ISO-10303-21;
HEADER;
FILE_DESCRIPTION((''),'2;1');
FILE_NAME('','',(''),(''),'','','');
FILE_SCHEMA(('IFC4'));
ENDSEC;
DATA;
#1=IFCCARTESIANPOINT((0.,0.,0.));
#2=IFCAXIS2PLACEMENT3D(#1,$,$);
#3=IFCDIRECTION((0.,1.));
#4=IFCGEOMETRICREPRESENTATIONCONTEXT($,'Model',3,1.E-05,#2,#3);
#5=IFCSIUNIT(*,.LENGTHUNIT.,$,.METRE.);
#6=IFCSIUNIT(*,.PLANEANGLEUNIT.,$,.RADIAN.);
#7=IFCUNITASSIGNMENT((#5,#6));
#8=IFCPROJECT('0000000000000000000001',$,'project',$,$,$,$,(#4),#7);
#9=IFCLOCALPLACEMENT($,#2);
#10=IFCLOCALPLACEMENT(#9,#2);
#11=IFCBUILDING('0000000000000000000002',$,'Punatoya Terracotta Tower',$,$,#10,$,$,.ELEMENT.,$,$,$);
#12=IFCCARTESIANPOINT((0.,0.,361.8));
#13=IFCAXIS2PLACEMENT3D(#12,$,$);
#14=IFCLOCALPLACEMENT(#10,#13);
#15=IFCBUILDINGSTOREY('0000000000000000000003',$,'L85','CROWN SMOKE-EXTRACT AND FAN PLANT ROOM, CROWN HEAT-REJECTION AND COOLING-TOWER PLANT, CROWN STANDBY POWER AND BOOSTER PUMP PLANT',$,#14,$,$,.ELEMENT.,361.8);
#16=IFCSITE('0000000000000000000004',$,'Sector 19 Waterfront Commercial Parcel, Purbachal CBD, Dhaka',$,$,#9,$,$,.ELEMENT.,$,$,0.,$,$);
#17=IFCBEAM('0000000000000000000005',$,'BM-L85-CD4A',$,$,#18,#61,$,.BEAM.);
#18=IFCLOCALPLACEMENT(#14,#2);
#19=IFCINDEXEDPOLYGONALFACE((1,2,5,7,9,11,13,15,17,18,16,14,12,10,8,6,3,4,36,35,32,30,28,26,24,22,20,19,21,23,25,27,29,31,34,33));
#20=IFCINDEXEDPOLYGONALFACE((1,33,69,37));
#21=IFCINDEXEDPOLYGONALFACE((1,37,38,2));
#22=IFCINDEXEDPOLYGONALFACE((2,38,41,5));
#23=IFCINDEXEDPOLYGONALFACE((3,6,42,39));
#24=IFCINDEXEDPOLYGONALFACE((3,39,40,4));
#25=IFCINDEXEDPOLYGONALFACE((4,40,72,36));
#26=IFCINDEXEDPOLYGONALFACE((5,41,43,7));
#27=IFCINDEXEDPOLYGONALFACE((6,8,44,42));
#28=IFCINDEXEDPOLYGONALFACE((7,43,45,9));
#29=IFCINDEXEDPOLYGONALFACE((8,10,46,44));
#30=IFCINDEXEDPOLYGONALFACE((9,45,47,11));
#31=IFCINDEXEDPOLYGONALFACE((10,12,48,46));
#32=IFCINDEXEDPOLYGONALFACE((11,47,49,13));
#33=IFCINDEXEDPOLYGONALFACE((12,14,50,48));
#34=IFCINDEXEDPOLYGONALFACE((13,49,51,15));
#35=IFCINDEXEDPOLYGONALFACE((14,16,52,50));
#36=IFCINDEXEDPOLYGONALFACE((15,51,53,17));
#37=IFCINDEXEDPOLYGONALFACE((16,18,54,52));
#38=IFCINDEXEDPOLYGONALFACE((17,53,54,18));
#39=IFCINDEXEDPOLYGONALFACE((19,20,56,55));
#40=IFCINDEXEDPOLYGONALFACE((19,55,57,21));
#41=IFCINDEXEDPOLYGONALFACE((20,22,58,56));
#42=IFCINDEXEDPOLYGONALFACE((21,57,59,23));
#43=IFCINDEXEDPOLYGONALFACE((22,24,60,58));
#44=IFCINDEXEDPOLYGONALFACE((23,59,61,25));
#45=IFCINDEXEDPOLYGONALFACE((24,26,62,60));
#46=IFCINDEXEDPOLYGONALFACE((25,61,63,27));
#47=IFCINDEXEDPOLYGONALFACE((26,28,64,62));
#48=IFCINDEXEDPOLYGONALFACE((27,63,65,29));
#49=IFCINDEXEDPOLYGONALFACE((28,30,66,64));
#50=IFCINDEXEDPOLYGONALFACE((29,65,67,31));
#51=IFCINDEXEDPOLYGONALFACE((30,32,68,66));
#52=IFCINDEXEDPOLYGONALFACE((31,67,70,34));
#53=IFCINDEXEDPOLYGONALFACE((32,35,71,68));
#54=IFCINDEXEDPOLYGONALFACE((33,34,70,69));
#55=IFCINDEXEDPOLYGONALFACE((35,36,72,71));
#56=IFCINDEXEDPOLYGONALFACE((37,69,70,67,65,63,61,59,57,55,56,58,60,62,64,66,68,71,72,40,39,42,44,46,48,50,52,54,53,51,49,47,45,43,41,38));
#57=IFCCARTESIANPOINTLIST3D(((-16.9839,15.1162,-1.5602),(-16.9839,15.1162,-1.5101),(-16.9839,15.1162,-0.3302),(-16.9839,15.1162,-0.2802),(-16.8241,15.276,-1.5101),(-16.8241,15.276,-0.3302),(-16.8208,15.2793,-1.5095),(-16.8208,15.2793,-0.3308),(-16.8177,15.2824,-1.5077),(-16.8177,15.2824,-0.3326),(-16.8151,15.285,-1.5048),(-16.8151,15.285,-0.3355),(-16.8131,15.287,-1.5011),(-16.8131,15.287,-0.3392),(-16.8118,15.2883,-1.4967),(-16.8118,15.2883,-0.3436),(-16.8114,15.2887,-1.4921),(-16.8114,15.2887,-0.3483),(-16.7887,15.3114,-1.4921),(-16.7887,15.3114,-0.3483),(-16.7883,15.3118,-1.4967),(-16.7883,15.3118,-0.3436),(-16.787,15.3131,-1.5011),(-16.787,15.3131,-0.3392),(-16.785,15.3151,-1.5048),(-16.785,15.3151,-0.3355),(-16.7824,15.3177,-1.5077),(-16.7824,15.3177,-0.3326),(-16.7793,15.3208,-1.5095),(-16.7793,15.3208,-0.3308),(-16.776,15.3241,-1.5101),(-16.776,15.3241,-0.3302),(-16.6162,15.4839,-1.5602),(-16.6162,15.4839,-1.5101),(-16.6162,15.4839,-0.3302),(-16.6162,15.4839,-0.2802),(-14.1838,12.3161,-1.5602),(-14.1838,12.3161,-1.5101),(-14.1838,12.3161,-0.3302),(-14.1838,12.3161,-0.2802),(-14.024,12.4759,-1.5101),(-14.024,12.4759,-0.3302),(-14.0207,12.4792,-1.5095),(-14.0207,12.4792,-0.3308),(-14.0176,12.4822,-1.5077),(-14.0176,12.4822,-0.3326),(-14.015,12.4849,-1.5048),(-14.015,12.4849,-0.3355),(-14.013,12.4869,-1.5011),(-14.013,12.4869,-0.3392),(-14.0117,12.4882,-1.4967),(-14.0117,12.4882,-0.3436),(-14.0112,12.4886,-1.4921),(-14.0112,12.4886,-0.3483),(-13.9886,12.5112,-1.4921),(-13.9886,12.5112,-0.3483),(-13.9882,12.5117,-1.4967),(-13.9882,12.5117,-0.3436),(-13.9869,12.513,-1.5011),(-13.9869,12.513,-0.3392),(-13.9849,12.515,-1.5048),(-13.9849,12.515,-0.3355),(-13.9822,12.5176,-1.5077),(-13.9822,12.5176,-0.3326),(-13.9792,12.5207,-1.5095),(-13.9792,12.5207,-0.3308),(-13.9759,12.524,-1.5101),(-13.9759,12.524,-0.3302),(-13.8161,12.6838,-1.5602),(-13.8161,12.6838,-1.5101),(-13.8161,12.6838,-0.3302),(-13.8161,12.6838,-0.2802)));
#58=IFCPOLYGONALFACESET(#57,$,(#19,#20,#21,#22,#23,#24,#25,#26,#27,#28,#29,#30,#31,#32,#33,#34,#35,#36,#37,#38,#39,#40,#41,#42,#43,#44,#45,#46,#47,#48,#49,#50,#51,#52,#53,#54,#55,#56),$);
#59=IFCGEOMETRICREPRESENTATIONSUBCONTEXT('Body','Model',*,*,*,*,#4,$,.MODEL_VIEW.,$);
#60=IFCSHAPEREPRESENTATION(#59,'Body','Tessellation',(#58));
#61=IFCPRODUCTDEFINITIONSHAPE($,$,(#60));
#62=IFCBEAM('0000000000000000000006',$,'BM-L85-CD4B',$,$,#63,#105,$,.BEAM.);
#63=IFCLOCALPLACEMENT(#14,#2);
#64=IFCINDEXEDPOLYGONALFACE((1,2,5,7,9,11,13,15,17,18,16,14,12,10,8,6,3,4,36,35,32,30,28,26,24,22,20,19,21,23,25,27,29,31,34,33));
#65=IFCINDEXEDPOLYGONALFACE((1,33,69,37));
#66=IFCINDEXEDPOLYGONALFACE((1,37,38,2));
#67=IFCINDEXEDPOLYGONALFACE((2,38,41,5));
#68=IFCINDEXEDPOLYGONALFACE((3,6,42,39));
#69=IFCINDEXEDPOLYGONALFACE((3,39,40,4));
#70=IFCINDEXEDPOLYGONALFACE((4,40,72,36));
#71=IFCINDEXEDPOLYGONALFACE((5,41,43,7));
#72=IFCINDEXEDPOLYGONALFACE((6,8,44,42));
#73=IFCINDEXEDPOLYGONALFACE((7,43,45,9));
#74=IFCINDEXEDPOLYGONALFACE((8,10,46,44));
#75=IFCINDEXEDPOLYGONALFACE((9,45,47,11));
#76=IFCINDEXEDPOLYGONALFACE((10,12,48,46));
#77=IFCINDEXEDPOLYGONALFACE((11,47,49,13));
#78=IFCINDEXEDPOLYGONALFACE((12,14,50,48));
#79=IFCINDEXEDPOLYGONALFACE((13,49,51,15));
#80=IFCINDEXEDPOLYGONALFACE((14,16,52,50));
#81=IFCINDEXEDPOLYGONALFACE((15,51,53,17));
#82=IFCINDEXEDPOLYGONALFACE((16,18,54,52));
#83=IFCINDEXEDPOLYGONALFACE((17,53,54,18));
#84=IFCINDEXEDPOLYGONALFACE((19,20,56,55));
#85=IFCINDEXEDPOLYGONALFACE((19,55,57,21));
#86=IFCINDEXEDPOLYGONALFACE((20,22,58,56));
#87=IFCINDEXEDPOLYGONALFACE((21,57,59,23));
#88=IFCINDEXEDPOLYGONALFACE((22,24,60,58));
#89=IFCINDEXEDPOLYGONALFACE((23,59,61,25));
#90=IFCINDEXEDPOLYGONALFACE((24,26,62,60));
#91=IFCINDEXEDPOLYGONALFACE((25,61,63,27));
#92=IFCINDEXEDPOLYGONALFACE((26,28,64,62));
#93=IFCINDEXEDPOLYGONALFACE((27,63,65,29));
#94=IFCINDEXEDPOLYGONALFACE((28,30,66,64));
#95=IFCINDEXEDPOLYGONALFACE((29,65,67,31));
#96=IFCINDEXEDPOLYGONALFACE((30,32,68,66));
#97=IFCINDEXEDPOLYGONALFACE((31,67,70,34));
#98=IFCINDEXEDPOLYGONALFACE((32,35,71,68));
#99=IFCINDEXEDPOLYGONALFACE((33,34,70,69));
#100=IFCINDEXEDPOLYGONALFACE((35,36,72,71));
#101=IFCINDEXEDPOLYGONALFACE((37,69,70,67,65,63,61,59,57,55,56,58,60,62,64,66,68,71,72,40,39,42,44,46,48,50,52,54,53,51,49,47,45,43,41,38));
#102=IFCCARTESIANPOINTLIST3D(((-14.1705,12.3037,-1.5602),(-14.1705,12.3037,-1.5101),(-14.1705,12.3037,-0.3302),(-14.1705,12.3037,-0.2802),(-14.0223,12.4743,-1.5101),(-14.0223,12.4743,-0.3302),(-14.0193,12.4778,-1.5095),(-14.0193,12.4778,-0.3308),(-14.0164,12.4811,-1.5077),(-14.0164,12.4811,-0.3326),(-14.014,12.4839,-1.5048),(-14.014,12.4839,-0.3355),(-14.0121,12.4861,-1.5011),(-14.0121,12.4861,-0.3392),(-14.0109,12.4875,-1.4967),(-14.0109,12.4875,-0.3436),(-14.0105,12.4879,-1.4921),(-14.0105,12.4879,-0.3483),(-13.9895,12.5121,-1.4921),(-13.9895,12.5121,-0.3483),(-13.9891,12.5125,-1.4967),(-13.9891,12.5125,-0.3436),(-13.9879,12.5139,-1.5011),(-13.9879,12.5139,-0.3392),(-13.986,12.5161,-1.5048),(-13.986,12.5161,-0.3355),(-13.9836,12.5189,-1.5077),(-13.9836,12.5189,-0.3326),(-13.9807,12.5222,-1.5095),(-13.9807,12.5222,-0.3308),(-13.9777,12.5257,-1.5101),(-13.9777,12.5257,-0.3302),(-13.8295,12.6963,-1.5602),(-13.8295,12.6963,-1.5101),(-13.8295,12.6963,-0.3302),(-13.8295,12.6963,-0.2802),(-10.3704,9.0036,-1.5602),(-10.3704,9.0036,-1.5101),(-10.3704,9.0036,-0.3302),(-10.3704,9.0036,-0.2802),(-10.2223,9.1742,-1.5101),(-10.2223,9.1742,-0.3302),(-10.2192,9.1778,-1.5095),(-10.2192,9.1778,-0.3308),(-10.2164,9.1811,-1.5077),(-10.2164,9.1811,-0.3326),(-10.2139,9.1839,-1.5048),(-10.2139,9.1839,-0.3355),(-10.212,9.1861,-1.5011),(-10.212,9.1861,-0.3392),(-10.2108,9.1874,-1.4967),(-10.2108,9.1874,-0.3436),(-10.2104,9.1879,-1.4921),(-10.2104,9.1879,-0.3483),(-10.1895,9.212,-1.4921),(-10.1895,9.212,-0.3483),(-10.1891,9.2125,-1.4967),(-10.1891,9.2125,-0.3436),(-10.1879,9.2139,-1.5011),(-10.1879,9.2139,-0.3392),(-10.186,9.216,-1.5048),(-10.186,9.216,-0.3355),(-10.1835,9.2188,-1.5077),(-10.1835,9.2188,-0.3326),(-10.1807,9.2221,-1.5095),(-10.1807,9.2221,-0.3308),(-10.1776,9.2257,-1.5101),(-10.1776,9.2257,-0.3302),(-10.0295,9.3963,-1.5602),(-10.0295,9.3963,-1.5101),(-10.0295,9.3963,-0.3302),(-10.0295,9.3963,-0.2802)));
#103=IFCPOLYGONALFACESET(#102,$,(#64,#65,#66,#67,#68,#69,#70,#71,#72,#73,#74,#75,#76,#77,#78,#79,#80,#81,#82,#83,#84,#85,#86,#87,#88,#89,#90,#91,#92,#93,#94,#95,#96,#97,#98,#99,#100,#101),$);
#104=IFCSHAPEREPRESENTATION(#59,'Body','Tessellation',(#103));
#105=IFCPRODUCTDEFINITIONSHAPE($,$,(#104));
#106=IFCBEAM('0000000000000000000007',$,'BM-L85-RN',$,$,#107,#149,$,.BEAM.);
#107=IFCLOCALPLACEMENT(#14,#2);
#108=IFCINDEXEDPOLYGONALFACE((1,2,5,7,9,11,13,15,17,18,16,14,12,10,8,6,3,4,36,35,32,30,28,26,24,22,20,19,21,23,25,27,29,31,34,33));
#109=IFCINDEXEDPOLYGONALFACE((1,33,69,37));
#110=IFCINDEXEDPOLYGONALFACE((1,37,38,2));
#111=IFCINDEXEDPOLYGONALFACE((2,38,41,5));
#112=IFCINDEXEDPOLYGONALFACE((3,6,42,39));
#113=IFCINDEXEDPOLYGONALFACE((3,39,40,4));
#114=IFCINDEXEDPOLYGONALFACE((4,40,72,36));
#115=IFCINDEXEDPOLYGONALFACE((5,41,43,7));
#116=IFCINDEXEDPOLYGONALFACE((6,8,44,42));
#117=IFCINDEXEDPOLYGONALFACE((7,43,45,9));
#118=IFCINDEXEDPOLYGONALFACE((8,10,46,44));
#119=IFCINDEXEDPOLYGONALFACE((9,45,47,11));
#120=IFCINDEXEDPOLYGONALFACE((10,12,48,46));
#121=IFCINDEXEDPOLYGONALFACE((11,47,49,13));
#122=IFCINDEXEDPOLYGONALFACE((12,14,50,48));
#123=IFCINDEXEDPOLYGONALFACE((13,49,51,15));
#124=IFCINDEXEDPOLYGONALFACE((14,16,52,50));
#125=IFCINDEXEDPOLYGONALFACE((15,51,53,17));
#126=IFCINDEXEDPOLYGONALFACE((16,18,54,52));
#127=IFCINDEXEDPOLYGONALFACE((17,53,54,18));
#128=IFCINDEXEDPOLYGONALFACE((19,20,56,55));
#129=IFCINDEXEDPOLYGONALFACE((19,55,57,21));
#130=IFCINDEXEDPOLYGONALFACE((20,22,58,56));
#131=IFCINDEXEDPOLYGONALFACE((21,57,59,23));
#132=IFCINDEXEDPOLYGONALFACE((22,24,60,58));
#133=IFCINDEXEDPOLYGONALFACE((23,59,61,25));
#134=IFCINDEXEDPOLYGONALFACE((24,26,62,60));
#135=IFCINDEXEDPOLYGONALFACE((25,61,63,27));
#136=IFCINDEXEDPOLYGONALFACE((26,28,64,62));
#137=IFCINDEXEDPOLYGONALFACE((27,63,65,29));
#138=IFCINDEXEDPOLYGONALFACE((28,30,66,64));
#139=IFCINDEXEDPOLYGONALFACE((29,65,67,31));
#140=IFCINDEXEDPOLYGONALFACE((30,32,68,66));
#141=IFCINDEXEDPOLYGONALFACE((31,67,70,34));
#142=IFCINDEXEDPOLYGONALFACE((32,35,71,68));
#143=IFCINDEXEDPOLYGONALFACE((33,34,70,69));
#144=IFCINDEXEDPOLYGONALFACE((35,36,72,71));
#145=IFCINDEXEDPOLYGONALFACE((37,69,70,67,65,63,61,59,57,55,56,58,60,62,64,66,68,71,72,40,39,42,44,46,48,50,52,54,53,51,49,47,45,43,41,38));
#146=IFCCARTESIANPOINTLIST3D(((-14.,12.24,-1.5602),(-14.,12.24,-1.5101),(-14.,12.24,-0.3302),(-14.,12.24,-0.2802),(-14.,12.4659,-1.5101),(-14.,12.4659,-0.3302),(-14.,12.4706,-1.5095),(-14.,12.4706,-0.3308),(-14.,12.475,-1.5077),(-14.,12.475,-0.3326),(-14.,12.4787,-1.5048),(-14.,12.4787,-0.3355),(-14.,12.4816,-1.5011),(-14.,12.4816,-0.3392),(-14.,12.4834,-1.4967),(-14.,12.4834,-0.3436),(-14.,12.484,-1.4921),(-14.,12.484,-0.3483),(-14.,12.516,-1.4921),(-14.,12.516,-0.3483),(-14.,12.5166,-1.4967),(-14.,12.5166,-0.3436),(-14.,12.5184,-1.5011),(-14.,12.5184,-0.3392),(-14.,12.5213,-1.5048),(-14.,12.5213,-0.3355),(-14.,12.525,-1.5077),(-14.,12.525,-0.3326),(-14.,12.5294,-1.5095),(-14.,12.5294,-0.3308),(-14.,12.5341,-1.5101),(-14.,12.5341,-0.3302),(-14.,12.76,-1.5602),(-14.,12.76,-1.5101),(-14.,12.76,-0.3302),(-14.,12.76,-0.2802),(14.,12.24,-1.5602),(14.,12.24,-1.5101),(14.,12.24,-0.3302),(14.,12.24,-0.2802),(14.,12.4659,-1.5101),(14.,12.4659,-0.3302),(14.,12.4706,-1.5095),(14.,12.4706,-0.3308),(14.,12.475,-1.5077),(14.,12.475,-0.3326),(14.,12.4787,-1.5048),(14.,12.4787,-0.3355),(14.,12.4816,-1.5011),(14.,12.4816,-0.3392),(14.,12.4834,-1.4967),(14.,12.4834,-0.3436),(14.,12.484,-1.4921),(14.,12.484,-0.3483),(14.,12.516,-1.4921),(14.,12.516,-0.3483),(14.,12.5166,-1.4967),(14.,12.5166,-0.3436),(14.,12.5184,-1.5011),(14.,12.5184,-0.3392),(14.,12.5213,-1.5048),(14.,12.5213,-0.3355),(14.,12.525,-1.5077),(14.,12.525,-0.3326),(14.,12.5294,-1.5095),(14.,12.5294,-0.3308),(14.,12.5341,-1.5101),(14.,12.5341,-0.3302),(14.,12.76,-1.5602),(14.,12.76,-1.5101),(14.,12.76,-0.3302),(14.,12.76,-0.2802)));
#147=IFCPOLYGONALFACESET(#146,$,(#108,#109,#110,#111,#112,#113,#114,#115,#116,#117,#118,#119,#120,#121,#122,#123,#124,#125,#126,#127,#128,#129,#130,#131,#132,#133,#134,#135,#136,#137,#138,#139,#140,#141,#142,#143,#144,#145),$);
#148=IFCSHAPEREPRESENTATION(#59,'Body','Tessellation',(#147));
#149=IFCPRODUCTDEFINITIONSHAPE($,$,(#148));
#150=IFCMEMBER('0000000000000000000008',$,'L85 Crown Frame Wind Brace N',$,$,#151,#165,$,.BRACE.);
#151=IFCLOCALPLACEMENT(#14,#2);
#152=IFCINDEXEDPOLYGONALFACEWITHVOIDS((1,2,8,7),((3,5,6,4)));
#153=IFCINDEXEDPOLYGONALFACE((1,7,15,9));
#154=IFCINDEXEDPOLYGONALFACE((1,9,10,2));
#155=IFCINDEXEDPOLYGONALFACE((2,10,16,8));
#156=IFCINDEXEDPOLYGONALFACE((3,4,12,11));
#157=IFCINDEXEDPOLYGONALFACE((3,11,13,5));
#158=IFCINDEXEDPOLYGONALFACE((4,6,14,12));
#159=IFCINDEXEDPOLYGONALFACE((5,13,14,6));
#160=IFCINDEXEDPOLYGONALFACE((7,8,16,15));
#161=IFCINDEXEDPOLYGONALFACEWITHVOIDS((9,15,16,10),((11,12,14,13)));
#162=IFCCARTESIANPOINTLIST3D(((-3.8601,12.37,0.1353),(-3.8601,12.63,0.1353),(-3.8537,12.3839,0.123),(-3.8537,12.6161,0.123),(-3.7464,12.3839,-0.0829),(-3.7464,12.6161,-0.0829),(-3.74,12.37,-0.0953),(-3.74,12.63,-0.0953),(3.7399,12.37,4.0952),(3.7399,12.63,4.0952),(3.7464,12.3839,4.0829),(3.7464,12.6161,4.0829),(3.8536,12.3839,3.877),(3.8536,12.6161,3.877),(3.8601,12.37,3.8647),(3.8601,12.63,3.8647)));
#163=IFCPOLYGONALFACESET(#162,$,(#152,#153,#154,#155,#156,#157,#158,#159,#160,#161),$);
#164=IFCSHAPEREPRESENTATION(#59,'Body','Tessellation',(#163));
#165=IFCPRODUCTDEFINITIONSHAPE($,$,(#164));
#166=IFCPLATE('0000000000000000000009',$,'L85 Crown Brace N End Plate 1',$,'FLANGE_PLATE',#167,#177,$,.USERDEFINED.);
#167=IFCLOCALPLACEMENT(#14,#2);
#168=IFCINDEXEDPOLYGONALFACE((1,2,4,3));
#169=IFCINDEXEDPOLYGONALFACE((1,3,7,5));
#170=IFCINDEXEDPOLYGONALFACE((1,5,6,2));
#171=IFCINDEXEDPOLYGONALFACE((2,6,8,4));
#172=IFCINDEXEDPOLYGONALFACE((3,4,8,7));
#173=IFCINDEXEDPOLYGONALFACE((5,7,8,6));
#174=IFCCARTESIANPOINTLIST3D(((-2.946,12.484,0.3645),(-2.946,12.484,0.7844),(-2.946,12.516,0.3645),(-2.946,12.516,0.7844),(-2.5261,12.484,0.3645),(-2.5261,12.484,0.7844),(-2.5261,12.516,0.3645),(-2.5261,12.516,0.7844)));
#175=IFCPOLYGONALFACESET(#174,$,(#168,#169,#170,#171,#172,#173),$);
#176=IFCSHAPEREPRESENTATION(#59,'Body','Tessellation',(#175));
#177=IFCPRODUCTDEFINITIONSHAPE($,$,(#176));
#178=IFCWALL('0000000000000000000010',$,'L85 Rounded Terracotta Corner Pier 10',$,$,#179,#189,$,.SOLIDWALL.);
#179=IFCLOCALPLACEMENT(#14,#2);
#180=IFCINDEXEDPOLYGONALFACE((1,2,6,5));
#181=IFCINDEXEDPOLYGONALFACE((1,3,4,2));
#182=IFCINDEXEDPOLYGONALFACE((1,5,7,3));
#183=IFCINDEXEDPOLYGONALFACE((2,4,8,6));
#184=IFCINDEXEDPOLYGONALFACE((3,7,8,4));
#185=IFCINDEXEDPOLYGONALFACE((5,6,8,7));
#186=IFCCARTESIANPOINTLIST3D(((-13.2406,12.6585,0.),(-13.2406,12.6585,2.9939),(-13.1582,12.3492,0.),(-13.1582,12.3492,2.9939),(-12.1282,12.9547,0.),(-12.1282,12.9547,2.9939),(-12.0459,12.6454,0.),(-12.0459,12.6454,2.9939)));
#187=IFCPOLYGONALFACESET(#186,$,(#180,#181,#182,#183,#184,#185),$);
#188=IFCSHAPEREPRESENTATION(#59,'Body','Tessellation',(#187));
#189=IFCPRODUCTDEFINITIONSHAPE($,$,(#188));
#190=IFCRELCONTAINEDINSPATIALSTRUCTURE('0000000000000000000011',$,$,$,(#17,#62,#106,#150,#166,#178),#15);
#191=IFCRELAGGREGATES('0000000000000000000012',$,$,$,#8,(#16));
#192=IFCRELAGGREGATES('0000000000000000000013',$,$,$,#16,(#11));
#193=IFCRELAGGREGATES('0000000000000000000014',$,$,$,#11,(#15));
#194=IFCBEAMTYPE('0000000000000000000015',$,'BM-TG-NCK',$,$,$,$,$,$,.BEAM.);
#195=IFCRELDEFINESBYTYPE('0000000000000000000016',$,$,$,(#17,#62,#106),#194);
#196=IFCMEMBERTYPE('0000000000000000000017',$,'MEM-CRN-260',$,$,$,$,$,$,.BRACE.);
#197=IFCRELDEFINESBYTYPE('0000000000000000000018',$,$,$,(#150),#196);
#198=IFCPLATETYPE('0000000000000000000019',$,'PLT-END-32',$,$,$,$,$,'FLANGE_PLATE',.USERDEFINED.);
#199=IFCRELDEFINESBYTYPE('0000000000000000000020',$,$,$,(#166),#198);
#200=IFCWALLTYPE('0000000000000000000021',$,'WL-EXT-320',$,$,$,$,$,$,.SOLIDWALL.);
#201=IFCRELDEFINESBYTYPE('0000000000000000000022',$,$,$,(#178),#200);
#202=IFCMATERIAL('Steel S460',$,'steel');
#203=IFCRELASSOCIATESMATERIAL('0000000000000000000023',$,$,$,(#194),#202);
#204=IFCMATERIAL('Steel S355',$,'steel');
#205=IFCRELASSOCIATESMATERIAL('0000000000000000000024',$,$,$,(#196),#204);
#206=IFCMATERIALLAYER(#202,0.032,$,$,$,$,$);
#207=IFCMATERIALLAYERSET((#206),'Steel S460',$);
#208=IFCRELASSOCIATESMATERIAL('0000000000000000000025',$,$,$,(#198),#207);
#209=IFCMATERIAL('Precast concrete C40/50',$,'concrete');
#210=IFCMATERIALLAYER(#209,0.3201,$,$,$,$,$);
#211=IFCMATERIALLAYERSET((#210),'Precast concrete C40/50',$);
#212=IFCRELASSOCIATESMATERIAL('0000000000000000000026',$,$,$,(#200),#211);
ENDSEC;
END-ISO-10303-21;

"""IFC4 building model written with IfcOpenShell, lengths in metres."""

from ifc_helpers import new_model, si_unit, direction, frame, frame_2d, origin, origin_2d, place, context, subcontext, project, spatial, rectangle, hollow_rectangle, i_section, extrude, material, layer, layer_set, material_profile, profile_set, type_object, element, save


model = new_model("IFC4")

# Units and contexts
model_context = context("Model", 3, precision=1e-05, world=origin(), true_north=direction((0.0, 1.0)))
body_context = subcontext(model_context, "Body", "Model", "MODEL_VIEW")
ifc_project = project(units=[si_unit("LENGTHUNIT", "METRE"), si_unit("PLANEANGLEUNIT", "RADIAN")], contexts=[model_context])

# Site, building, storey
site_placement = place(None, origin())
site = spatial("IfcSite", under=ifc_project, at=site_placement, Name="Sector 19 Waterfront Commercial Parcel, Purbachal CBD, Dhaka", CompositionType="ELEMENT", RefElevation=0.0)
building_placement = place(site_placement, origin())
building = spatial("IfcBuilding", under=site, at=building_placement, Name="Punatoya Terracotta Tower", CompositionType="ELEMENT")
storey_placement = place(building_placement, frame((0.0, 0.0, 361.8)))
storey = spatial("IfcBuildingStorey", under=building, at=storey_placement, Name="L85", Description="CROWN SMOKE-EXTRACT AND FAN PLANT ROOM, CROWN HEAT-REJECTION AND COOLING-TOWER PLANT, CROWN STANDBY POWER AND BOOSTER PUMP PLANT", CompositionType="ELEMENT", Elevation=361.8)

# Shared definitions
ifc_material_1 = material(Name="Steel S355", Category="steel")

# Beams
ifc_material_2 = material(Name="Steel S460", Category="steel")
ifc_material_profile_1 = material_profile(ifc_material_2, i_section(OverallWidth=0.52, OverallDepth=1.28, WebThickness=0.032, FlangeThickness=0.05, FilletRadius=0.0181, at=origin_2d()))
ifc_profile_set_1 = profile_set([ifc_material_profile_1], Name="Steel S460")
beam_type_1 = type_object("IfcBeamType", Name="BM-TG-NCK", PredefinedType="BEAM", material=ifc_profile_set_1)
beam_1_placement = place(storey_placement, frame((-16.8, 15.3, -0.9202), z_axis=(0.707107, -0.707107, 0.0), x_axis=(0.707107, 0.707107, 0.0)))
element("IfcBeam", 1, at=beam_1_placement, inside=storey, type_object=beam_type_1, Name="BM-L85-CD4A", PredefinedType="BEAM", context=body_context, shape_type="SweptSolid", body=[
    extrude(i_section(OverallWidth=0.52, OverallDepth=1.28, WebThickness=0.032, FlangeThickness=0.05, FilletRadius=0.0181, at=origin_2d()), origin(), (0.0, 0.0, 1.0), 3.96),
])
beam_2_placement = place(storey_placement, frame((-14.0, 12.5, -0.9202), z_axis=(0.755032, -0.655687, 0.0), x_axis=(0.655687, 0.755032, 0.0)))
element("IfcBeam", 2, at=beam_2_placement, inside=storey, type_object=beam_type_1, Name="BM-L85-CD4B", PredefinedType="BEAM", context=body_context, shape_type="SweptSolid", body=[
    extrude(i_section(OverallWidth=0.52, OverallDepth=1.28, WebThickness=0.032, FlangeThickness=0.05, FilletRadius=0.0181, at=origin_2d()), origin(), (0.0, 0.0, 1.0), 5.033),
])
beam_3_placement = place(storey_placement, frame((-14.0, 12.5, -0.9202), z_axis=(1.0, 0.0, 0.0), x_axis=(0.0, 1.0, 0.0)))
element("IfcBeam", 3, at=beam_3_placement, inside=storey, type_object=beam_type_1, Name="BM-L85-RN", PredefinedType="BEAM", context=body_context, shape_type="SweptSolid", body=[
    extrude(i_section(OverallWidth=0.52, OverallDepth=1.28, WebThickness=0.032, FlangeThickness=0.05, FilletRadius=0.0181, at=origin_2d()), origin(), (0.0, 0.0, 1.0), 28.0),
])

# Member
ifc_material_profile_2 = material_profile(ifc_material_1, hollow_rectangle(XDim=0.26, YDim=0.26, WallThickness=0.0139, at=origin_2d()))
ifc_profile_set_2 = profile_set([ifc_material_profile_2], Name="Steel S355")
member_type = type_object("IfcMemberType", Name="MEM-CRN-260", PredefinedType="BRACE", material=ifc_profile_set_2)
member_placement = place(storey_placement, frame((-3.8, 12.5, 0.02), z_axis=(0.886839, 0.0, 0.462079), x_axis=(0.0, 1.0, 0.0)))
element("IfcMember", 4, at=member_placement, inside=storey, type_object=member_type, Name="L85 Crown Frame Wind Brace N", PredefinedType="BRACE", context=body_context, shape_type="SweptSolid", body=[
    extrude(hollow_rectangle(XDim=0.26, YDim=0.26, WallThickness=0.0139, at=origin_2d()), origin(), (0.0, 0.0, 1.0), 8.5698),
])

# Plate
ifc_layer_1 = layer(ifc_material_2, 0.032)
ifc_layer_set_1 = layer_set([ifc_layer_1], Name="Steel S460")
plate_type = type_object("IfcPlateType", Name="PLT-END-32", ElementType="FLANGE_PLATE", PredefinedType="USERDEFINED", material=ifc_layer_set_1)
plate_placement = place(storey_placement, frame((-2.7361, 12.5, 0.3645), z_axis=(0.0, 0.0, 1.0), x_axis=(1.0, 0.0, 0.0)))
element("IfcPlate", 5, at=plate_placement, inside=storey, type_object=plate_type, Name="L85 Crown Brace N End Plate 1", ObjectType="FLANGE_PLATE", PredefinedType="USERDEFINED", context=body_context, shape_type="SweptSolid", body=[
    extrude(rectangle(XDim=0.4199, YDim=0.032, at=origin_2d()), origin(), (0.0, 0.0, 1.0), 0.4199),
])

# Wall
ifc_material_3 = material(Name="Precast concrete C40/50", Category="concrete")
ifc_layer_2 = layer(ifc_material_3, 0.3201)
ifc_layer_set_2 = layer_set([ifc_layer_2], Name="Precast concrete C40/50")
wall_type_1 = type_object("IfcWallType", Name="WL-EXT-320", PredefinedType="SOLIDWALL", material=ifc_layer_set_2)
wall_1_placement = place(storey_placement, frame((-12.0869, 12.8, 0.0), z_axis=(0.0, 0.0, 1.0), x_axis=(-0.966337, -0.25728, 0.0)))
element("IfcWall", 6, at=wall_1_placement, inside=storey, type_object=wall_type_1, Name="L85 Rounded Terracotta Corner Pier 10", PredefinedType="SOLIDWALL", context=body_context, shape_type="SweptSolid", body=[
    extrude(rectangle(XDim=1.1511, YDim=0.3201, at=frame_2d((0.5757, 0.0))), origin(), (0.0, 0.0, 1.0), 2.9939),
])

save(model, "model.ifc")
